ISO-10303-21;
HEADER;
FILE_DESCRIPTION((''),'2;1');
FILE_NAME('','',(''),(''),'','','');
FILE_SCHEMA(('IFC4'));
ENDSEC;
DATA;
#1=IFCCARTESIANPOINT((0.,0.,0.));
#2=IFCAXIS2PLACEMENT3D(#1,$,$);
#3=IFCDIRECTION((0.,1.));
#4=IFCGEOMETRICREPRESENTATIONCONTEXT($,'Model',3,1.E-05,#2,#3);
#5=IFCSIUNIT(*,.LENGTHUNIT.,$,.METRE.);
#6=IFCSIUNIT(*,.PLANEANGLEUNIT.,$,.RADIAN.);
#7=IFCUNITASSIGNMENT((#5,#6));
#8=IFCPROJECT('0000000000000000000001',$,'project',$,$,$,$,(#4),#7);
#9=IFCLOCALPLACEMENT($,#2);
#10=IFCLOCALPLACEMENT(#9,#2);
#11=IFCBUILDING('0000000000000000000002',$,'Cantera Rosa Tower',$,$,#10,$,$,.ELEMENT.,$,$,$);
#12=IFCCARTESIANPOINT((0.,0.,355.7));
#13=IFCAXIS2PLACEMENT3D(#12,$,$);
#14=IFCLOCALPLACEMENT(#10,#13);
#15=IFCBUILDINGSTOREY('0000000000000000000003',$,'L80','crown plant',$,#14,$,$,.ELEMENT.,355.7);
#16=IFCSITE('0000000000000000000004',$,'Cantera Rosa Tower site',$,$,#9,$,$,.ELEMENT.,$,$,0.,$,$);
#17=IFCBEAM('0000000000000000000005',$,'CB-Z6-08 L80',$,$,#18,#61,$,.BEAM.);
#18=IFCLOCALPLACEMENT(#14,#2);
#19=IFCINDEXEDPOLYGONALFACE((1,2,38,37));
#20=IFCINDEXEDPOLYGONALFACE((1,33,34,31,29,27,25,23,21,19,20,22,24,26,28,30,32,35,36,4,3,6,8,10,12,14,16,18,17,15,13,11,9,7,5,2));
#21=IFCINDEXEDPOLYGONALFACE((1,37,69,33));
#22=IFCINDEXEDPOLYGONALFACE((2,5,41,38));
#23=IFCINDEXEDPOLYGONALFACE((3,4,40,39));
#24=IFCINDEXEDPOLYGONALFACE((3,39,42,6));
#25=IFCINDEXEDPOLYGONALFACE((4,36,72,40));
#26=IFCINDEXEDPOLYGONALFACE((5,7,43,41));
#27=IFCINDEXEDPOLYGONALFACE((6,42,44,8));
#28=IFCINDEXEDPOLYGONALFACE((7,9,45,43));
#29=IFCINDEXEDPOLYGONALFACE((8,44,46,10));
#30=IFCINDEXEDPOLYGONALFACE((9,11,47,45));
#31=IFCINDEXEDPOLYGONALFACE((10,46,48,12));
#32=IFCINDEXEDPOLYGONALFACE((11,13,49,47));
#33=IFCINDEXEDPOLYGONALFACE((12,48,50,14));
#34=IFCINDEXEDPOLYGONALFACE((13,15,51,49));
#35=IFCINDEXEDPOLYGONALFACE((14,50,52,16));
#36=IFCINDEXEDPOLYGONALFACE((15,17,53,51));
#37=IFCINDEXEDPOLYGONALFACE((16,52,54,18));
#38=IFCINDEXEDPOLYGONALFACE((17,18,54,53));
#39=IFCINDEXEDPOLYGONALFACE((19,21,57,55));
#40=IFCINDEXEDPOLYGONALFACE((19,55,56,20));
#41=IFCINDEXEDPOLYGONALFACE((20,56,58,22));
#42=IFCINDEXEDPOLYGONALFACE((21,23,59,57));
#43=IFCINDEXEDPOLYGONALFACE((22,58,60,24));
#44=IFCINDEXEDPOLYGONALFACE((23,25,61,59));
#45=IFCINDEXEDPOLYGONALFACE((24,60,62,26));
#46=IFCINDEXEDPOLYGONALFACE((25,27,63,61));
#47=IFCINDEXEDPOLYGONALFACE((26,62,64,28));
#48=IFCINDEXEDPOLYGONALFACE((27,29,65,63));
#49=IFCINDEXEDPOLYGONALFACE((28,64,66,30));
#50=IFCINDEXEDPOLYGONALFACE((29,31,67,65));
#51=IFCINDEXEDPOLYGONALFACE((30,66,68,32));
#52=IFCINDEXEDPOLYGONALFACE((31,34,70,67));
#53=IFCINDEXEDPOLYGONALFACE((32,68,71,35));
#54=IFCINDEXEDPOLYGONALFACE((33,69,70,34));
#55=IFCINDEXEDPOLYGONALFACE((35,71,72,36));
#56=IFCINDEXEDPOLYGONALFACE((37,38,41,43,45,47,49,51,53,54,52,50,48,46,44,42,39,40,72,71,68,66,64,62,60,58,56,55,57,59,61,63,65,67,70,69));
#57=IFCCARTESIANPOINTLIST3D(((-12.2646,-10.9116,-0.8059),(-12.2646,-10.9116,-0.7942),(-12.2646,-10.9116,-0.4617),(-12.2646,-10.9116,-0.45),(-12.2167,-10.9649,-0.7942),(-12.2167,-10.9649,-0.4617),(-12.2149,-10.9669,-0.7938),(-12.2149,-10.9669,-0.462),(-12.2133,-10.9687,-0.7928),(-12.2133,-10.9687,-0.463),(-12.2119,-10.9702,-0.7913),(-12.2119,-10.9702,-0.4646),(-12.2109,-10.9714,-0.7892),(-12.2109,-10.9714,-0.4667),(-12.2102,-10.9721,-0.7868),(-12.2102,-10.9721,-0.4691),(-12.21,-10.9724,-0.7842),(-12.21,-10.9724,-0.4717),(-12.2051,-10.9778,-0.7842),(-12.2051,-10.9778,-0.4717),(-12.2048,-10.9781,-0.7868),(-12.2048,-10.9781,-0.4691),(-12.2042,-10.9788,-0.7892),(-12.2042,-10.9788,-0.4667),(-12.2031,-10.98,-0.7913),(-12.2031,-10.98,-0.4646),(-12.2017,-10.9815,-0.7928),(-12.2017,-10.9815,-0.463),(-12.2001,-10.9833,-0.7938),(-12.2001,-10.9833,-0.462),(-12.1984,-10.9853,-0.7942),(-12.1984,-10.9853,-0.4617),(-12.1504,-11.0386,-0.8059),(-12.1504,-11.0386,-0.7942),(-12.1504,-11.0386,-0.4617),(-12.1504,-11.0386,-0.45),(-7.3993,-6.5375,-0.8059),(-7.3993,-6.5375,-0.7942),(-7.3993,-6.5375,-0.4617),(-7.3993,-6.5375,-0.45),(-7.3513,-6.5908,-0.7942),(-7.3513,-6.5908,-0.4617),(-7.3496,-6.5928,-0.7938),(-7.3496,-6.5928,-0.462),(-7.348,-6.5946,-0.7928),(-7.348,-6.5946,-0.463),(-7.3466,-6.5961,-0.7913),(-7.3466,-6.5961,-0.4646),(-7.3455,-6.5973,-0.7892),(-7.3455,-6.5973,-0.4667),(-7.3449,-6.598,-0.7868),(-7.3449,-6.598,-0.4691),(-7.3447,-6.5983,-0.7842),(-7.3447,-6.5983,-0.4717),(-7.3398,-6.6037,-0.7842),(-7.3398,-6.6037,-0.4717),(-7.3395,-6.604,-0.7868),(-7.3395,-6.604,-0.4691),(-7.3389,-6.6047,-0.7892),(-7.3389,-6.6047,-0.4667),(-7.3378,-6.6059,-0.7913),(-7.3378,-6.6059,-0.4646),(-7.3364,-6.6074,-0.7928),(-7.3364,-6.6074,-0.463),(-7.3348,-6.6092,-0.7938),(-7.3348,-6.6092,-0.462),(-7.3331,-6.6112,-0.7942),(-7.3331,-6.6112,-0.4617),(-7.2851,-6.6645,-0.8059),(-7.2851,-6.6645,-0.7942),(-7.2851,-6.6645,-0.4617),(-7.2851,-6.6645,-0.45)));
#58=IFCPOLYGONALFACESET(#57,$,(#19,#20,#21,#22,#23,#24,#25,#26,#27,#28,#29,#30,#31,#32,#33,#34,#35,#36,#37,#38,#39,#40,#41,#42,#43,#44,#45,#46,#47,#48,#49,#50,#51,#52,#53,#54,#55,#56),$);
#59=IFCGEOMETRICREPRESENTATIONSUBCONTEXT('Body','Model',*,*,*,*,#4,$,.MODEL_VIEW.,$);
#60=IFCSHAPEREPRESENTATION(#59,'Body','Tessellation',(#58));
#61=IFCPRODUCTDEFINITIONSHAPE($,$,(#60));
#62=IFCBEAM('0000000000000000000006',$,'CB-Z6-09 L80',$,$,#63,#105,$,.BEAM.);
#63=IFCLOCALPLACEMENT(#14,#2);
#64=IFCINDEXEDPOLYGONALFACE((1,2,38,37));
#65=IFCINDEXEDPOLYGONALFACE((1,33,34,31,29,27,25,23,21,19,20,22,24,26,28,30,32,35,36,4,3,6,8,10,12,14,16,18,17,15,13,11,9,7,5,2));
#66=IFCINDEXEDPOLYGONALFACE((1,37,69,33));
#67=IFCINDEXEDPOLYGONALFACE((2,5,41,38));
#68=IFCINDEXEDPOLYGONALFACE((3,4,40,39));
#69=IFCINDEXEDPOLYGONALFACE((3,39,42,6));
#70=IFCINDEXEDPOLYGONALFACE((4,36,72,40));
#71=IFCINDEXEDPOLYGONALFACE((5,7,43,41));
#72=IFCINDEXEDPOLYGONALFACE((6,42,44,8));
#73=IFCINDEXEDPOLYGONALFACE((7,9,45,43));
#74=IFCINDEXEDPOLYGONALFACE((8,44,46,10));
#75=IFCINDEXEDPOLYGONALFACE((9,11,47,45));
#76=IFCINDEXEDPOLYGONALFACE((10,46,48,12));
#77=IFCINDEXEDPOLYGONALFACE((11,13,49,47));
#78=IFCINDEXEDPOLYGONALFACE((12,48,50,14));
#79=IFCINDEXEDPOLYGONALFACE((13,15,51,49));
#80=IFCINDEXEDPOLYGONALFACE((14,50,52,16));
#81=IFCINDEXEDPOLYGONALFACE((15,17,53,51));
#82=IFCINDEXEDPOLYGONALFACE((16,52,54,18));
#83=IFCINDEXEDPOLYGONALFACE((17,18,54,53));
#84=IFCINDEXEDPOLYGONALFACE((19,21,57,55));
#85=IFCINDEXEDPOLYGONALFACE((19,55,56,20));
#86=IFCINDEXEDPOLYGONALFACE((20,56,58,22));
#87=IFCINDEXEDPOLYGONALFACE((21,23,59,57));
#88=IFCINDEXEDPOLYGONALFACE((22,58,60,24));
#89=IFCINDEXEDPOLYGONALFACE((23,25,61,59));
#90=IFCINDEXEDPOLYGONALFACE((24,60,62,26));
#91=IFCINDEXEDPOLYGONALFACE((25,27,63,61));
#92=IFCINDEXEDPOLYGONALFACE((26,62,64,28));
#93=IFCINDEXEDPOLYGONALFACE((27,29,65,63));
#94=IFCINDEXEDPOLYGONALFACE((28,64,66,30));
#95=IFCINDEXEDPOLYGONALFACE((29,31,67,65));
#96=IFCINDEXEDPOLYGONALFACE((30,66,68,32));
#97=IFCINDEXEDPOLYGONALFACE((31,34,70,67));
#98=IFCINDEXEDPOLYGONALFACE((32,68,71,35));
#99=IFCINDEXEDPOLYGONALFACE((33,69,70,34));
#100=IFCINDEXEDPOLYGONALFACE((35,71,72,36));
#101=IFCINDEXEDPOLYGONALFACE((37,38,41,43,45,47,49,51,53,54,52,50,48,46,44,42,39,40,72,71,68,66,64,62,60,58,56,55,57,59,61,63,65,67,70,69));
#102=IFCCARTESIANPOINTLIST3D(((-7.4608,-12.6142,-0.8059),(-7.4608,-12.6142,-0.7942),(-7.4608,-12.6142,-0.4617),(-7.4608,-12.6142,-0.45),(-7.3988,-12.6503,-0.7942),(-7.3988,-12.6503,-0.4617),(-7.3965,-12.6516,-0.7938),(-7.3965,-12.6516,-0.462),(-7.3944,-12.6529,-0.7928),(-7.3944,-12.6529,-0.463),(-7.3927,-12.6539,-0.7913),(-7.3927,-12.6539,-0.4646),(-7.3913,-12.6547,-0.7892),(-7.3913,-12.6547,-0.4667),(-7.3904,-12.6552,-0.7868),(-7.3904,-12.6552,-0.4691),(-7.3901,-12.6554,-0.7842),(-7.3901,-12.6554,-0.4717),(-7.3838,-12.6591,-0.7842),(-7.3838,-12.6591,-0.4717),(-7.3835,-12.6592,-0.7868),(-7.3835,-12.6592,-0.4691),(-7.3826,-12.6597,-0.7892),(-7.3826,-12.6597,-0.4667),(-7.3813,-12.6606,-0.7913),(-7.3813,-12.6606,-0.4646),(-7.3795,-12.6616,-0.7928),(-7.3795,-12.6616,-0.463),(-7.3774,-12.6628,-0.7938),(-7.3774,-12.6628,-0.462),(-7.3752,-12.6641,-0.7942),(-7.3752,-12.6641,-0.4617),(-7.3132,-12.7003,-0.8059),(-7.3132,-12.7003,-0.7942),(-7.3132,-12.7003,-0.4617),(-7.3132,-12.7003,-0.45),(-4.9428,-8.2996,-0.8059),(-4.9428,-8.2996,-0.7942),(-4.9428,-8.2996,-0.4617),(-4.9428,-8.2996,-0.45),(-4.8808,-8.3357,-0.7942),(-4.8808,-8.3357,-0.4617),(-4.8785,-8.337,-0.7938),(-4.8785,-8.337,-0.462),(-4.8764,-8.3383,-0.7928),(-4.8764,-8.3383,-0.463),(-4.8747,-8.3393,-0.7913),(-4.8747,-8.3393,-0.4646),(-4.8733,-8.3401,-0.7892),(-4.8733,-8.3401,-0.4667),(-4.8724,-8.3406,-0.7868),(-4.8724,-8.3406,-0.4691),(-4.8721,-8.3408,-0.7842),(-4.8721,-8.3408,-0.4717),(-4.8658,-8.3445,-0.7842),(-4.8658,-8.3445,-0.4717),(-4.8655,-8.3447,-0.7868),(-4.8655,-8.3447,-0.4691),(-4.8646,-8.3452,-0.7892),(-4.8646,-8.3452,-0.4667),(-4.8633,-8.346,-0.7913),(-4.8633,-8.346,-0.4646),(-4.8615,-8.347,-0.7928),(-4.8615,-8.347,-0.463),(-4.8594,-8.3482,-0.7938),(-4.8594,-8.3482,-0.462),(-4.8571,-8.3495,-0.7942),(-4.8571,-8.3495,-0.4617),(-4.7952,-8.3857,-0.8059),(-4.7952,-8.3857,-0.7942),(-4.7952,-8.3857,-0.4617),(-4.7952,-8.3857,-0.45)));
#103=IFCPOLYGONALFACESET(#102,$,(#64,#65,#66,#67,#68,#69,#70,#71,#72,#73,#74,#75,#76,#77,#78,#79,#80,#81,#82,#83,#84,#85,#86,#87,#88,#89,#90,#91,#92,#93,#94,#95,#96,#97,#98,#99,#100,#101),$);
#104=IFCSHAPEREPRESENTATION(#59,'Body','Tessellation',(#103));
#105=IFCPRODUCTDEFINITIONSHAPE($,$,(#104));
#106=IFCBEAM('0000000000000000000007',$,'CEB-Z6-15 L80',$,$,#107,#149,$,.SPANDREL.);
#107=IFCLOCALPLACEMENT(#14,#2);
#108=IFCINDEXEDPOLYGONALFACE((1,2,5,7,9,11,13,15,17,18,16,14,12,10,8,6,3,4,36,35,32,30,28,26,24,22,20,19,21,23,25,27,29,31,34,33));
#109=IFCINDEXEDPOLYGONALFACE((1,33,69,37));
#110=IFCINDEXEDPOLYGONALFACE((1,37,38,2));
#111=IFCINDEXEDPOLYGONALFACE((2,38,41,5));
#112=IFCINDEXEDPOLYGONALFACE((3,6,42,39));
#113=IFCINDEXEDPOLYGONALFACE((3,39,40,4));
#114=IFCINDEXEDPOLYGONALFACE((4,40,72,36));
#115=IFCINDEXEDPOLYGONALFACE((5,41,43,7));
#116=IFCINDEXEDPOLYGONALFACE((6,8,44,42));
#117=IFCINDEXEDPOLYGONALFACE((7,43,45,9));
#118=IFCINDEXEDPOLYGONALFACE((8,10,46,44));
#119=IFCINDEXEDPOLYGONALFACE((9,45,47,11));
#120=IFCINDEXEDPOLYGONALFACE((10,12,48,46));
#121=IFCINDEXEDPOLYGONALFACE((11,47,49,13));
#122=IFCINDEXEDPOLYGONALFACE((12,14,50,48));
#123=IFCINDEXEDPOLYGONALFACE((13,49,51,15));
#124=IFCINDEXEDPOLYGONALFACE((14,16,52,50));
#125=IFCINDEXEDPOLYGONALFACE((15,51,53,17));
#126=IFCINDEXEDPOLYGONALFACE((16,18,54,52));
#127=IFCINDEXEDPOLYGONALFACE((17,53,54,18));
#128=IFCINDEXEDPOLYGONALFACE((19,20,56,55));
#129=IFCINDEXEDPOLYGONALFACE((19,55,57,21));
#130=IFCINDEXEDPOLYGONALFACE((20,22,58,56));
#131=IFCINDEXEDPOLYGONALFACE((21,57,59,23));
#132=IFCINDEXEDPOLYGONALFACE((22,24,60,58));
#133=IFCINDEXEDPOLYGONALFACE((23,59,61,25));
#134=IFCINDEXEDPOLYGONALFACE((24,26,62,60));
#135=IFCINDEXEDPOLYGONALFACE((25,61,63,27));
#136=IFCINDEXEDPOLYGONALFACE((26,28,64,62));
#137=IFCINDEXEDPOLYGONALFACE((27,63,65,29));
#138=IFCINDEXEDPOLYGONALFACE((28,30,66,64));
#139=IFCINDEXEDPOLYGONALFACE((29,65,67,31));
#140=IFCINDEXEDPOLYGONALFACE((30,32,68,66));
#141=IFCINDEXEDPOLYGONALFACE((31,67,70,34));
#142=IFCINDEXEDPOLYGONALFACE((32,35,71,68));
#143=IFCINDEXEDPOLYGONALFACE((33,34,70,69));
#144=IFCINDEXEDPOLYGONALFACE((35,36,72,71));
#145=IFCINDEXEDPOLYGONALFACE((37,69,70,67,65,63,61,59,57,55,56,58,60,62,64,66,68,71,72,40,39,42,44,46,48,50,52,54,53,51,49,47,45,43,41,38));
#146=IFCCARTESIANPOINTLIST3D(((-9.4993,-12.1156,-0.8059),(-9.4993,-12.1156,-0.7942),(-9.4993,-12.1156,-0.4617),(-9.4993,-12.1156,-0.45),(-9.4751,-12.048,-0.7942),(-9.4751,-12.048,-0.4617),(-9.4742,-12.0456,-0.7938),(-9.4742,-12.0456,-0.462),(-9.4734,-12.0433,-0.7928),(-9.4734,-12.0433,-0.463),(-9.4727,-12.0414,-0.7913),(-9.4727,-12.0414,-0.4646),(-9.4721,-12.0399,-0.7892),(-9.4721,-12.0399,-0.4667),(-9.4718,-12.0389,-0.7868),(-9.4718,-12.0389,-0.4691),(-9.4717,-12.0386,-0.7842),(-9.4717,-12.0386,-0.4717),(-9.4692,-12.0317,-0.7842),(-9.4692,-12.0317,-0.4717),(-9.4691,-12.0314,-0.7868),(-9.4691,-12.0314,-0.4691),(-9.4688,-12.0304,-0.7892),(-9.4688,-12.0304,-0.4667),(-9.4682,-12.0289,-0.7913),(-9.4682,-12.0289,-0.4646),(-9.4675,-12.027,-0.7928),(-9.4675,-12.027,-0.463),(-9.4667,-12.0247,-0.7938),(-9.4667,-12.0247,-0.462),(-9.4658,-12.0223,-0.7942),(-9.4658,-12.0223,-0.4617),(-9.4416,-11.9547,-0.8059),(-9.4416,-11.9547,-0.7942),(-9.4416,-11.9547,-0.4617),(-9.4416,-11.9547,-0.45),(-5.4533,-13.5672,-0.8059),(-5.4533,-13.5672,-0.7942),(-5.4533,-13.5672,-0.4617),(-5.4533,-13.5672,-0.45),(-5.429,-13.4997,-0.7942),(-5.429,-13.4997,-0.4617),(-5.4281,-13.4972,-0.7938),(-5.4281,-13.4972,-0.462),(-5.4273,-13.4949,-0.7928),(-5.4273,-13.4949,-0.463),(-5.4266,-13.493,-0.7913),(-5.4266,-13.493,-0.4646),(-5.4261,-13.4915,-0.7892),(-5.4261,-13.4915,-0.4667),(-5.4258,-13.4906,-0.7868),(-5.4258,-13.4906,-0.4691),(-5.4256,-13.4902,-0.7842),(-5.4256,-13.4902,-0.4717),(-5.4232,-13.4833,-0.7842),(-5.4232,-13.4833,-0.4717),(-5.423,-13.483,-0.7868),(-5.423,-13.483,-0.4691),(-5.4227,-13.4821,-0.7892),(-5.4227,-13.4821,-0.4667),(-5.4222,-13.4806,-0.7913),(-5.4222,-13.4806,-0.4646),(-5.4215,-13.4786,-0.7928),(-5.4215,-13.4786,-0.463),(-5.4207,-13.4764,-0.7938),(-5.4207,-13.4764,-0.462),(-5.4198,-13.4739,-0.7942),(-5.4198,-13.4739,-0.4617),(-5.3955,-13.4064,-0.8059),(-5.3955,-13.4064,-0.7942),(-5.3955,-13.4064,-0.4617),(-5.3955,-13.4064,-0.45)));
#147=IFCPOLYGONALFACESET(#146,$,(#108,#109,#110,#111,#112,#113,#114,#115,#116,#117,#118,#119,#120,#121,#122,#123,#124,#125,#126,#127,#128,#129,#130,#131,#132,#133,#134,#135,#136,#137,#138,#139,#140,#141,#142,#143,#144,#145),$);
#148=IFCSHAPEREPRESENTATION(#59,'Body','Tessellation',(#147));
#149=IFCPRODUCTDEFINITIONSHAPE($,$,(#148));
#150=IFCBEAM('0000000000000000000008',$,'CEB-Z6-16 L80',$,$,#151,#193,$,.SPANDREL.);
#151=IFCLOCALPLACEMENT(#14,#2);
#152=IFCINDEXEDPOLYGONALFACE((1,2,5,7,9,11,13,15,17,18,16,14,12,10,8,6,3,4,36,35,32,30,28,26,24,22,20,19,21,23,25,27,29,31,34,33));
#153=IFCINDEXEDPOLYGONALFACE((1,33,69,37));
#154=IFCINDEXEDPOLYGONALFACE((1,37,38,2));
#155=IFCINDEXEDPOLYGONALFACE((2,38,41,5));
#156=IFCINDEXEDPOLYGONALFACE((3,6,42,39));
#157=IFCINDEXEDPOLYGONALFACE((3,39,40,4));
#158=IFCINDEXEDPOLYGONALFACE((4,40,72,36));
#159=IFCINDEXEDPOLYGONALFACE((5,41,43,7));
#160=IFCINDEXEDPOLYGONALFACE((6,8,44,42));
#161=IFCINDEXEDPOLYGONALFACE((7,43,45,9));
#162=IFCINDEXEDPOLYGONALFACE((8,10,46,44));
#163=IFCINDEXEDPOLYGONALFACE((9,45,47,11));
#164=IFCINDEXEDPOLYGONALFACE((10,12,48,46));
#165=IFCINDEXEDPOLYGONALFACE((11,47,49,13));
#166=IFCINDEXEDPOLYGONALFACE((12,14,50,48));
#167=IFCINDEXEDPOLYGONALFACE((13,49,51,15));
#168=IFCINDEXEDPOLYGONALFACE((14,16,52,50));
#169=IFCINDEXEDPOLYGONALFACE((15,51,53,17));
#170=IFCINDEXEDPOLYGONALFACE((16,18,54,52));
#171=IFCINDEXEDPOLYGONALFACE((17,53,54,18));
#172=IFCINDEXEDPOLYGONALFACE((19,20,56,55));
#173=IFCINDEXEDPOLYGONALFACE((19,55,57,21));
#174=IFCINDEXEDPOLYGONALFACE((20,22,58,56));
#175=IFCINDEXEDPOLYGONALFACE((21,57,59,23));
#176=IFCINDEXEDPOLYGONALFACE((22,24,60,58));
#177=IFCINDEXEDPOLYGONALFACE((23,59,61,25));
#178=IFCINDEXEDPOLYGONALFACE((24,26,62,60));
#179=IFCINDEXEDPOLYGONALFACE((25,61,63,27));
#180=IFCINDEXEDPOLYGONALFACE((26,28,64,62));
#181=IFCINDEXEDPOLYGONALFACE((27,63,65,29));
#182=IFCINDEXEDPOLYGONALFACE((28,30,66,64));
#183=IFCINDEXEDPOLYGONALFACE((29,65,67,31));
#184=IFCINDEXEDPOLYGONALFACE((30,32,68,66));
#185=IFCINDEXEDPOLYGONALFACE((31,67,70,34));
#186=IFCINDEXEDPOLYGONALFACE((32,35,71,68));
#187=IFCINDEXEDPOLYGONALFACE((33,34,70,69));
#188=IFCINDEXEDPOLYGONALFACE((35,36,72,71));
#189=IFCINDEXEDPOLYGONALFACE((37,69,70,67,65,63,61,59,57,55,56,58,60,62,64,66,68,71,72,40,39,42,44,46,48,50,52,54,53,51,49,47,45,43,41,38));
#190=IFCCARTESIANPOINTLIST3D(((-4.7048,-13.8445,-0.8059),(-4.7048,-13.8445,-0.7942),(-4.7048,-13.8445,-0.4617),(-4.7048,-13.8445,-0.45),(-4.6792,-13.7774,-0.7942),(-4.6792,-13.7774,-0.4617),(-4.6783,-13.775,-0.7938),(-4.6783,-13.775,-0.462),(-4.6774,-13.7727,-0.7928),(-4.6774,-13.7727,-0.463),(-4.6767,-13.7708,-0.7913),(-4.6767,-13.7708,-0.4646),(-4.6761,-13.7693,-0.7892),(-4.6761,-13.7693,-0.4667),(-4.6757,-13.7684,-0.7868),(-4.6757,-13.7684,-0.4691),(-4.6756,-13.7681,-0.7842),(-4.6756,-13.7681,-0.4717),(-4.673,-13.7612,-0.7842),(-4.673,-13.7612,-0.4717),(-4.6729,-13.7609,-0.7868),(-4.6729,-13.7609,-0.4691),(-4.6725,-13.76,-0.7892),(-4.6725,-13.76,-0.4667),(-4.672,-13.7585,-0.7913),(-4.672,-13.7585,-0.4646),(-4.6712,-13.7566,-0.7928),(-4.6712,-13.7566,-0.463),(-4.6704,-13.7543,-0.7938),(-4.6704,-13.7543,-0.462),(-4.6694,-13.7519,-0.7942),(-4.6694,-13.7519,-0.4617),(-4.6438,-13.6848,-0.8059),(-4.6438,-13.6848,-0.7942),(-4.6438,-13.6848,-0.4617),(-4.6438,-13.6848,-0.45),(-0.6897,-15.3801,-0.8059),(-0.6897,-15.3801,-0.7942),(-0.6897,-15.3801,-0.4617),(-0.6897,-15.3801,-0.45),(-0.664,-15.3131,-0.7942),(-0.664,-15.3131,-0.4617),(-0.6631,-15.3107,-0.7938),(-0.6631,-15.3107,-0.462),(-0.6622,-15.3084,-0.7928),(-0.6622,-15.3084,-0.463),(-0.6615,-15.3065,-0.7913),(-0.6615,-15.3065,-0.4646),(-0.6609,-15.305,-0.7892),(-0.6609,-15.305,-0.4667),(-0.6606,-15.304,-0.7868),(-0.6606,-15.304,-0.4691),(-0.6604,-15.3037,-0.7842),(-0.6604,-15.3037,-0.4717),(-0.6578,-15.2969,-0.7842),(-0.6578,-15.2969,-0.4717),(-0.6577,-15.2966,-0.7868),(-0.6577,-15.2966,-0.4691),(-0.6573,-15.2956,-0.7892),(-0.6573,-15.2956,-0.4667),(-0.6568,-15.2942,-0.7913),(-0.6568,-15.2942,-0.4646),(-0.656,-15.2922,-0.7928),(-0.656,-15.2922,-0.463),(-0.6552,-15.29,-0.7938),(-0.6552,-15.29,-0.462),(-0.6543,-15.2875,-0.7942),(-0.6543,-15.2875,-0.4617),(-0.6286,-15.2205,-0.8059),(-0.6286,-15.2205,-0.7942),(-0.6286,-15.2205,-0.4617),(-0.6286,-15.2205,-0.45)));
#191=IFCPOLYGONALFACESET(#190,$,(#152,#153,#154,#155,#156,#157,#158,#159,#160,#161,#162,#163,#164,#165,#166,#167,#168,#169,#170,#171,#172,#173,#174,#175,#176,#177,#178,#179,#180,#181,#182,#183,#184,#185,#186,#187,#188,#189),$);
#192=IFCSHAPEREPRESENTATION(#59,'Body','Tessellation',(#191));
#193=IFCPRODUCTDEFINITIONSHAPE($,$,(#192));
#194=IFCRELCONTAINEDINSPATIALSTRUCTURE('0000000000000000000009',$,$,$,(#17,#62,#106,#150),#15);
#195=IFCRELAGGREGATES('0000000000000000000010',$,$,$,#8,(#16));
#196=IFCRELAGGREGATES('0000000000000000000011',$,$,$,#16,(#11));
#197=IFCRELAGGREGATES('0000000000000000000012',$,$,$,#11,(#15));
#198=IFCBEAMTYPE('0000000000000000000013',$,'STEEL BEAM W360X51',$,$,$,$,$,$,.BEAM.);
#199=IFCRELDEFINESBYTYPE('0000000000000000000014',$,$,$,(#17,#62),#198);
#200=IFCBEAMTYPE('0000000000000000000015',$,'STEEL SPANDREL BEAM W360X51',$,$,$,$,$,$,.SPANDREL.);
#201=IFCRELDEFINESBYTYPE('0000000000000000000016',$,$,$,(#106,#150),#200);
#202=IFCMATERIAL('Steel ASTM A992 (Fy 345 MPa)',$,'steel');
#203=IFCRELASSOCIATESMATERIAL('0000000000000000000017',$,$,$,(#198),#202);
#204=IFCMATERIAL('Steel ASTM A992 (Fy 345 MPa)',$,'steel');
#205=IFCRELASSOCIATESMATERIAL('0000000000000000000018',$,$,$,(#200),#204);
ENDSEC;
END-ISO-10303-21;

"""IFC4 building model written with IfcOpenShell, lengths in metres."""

from ifc_helpers import new_model, si_unit, direction, frame, origin, origin_2d, place, context, subcontext, project, spatial, i_section, extrude, material, material_profile, profile_set, type_object, element, save


model = new_model("IFC4")

# Units and contexts
model_context = context("Model", 3, precision=1e-05, world=origin(), true_north=direction((0.0, 1.0)))
body_context = subcontext(model_context, "Body", "Model", "MODEL_VIEW")
ifc_project = project(units=[si_unit("LENGTHUNIT", "METRE"), si_unit("PLANEANGLEUNIT", "RADIAN")], contexts=[model_context])

# Site, building, storey
site_placement = place(None, origin())
site = spatial("IfcSite", under=ifc_project, at=site_placement, Name="Cantera Rosa Tower site", CompositionType="ELEMENT", RefElevation=0.0)
building_placement = place(site_placement, origin())
building = spatial("IfcBuilding", under=site, at=building_placement, Name="Cantera Rosa Tower", CompositionType="ELEMENT")
storey_placement = place(building_placement, frame((0.0, 0.0, 355.7)))
storey = spatial("IfcBuildingStorey", under=building, at=storey_placement, Name="L80", Description="crown plant", CompositionType="ELEMENT", Elevation=355.7)

# Beams
ifc_material_1 = material(Name="Steel ASTM A992 (Fy 345 MPa)", Category="steel")
ifc_material_profile_1 = material_profile(ifc_material_1, i_section(OverallWidth=0.1709, OverallDepth=0.356, WebThickness=0.0073, FlangeThickness=0.0117, FilletRadius=0.01, at=origin_2d()), Name="W360X51")
ifc_profile_set_1 = profile_set([ifc_material_profile_1], Name="Steel ASTM A992 (Fy 345 MPa)")
beam_type_1 = type_object("IfcBeamType", Name="STEEL BEAM W360X51", PredefinedType="BEAM", material=ifc_profile_set_1)
beam_1_placement = place(storey_placement, frame((-12.2075, -10.9751, -0.6279), z_axis=(0.74365, 0.668569, 0.0), x_axis=(-0.668569, 0.74365, 0.0)))
element("IfcBeam", 1, at=beam_1_placement, inside=storey, type_object=beam_type_1, Name="CB-Z6-08 L80", PredefinedType="BEAM", context=body_context, shape_type="SweptSolid", body=[
    extrude(i_section(OverallWidth=0.1709, OverallDepth=0.356, WebThickness=0.0073, FlangeThickness=0.0117, FilletRadius=0.01, at=origin_2d()), origin(), (0.0, 0.0, 1.0), 6.5425),
])
beam_2_placement = place(storey_placement, frame((-7.387, -12.6572, -0.6279), z_axis=(0.504044, 0.863678, 0.0), x_axis=(-0.863678, 0.504044, 0.0)))
element("IfcBeam", 2, at=beam_2_placement, inside=storey, type_object=beam_type_1, Name="CB-Z6-09 L80", PredefinedType="BEAM", context=body_context, shape_type="SweptSolid", body=[
    extrude(i_section(OverallWidth=0.1709, OverallDepth=0.356, WebThickness=0.0073, FlangeThickness=0.0117, FilletRadius=0.01, at=origin_2d()), origin(), (0.0, 0.0, 1.0), 4.9956),
])
ifc_material_2 = material(Name="Steel ASTM A992 (Fy 345 MPa)", Category="steel")
ifc_material_profile_2 = material_profile(ifc_material_2, i_section(OverallWidth=0.1709, OverallDepth=0.356, WebThickness=0.0073, FlangeThickness=0.0117, FilletRadius=0.01, at=origin_2d()), Name="W360X51")
ifc_profile_set_2 = profile_set([ifc_material_profile_2], Name="Steel ASTM A992 (Fy 345 MPa)")
beam_type_2 = type_object("IfcBeamType", Name="STEEL SPANDREL BEAM W360X51", PredefinedType="SPANDREL", material=ifc_profile_set_2)
beam_3_placement = place(storey_placement, frame((-9.4705, -12.0352, -0.6279), z_axis=(0.941254, -0.3377, 0.0), x_axis=(0.3377, 0.941254, 0.0)))
element("IfcBeam", 3, at=beam_3_placement, inside=storey, type_object=beam_type_2, Name="CEB-Z6-15 L80", PredefinedType="SPANDREL", context=body_context, shape_type="SweptSolid", body=[
    extrude(i_section(OverallWidth=0.1709, OverallDepth=0.356, WebThickness=0.0073, FlangeThickness=0.0117, FilletRadius=0.01, at=origin_2d()), origin(), (0.0, 0.0, 1.0), 4.2986),
])
beam_4_placement = place(storey_placement, frame((-4.6743, -13.7646, -0.6279), z_axis=(0.934017, -0.357228, 0.0), x_axis=(0.357228, 0.934017, 0.0)))
element("IfcBeam", 4, at=beam_4_placement, inside=storey, type_object=beam_type_2, Name="CEB-Z6-16 L80", PredefinedType="SPANDREL", context=body_context, shape_type="SweptSolid", body=[
    extrude(i_section(OverallWidth=0.1709, OverallDepth=0.356, WebThickness=0.0073, FlangeThickness=0.0117, FilletRadius=0.01, at=origin_2d()), origin(), (0.0, 0.0, 1.0), 4.2988),
])

save(model, "model.ifc")
